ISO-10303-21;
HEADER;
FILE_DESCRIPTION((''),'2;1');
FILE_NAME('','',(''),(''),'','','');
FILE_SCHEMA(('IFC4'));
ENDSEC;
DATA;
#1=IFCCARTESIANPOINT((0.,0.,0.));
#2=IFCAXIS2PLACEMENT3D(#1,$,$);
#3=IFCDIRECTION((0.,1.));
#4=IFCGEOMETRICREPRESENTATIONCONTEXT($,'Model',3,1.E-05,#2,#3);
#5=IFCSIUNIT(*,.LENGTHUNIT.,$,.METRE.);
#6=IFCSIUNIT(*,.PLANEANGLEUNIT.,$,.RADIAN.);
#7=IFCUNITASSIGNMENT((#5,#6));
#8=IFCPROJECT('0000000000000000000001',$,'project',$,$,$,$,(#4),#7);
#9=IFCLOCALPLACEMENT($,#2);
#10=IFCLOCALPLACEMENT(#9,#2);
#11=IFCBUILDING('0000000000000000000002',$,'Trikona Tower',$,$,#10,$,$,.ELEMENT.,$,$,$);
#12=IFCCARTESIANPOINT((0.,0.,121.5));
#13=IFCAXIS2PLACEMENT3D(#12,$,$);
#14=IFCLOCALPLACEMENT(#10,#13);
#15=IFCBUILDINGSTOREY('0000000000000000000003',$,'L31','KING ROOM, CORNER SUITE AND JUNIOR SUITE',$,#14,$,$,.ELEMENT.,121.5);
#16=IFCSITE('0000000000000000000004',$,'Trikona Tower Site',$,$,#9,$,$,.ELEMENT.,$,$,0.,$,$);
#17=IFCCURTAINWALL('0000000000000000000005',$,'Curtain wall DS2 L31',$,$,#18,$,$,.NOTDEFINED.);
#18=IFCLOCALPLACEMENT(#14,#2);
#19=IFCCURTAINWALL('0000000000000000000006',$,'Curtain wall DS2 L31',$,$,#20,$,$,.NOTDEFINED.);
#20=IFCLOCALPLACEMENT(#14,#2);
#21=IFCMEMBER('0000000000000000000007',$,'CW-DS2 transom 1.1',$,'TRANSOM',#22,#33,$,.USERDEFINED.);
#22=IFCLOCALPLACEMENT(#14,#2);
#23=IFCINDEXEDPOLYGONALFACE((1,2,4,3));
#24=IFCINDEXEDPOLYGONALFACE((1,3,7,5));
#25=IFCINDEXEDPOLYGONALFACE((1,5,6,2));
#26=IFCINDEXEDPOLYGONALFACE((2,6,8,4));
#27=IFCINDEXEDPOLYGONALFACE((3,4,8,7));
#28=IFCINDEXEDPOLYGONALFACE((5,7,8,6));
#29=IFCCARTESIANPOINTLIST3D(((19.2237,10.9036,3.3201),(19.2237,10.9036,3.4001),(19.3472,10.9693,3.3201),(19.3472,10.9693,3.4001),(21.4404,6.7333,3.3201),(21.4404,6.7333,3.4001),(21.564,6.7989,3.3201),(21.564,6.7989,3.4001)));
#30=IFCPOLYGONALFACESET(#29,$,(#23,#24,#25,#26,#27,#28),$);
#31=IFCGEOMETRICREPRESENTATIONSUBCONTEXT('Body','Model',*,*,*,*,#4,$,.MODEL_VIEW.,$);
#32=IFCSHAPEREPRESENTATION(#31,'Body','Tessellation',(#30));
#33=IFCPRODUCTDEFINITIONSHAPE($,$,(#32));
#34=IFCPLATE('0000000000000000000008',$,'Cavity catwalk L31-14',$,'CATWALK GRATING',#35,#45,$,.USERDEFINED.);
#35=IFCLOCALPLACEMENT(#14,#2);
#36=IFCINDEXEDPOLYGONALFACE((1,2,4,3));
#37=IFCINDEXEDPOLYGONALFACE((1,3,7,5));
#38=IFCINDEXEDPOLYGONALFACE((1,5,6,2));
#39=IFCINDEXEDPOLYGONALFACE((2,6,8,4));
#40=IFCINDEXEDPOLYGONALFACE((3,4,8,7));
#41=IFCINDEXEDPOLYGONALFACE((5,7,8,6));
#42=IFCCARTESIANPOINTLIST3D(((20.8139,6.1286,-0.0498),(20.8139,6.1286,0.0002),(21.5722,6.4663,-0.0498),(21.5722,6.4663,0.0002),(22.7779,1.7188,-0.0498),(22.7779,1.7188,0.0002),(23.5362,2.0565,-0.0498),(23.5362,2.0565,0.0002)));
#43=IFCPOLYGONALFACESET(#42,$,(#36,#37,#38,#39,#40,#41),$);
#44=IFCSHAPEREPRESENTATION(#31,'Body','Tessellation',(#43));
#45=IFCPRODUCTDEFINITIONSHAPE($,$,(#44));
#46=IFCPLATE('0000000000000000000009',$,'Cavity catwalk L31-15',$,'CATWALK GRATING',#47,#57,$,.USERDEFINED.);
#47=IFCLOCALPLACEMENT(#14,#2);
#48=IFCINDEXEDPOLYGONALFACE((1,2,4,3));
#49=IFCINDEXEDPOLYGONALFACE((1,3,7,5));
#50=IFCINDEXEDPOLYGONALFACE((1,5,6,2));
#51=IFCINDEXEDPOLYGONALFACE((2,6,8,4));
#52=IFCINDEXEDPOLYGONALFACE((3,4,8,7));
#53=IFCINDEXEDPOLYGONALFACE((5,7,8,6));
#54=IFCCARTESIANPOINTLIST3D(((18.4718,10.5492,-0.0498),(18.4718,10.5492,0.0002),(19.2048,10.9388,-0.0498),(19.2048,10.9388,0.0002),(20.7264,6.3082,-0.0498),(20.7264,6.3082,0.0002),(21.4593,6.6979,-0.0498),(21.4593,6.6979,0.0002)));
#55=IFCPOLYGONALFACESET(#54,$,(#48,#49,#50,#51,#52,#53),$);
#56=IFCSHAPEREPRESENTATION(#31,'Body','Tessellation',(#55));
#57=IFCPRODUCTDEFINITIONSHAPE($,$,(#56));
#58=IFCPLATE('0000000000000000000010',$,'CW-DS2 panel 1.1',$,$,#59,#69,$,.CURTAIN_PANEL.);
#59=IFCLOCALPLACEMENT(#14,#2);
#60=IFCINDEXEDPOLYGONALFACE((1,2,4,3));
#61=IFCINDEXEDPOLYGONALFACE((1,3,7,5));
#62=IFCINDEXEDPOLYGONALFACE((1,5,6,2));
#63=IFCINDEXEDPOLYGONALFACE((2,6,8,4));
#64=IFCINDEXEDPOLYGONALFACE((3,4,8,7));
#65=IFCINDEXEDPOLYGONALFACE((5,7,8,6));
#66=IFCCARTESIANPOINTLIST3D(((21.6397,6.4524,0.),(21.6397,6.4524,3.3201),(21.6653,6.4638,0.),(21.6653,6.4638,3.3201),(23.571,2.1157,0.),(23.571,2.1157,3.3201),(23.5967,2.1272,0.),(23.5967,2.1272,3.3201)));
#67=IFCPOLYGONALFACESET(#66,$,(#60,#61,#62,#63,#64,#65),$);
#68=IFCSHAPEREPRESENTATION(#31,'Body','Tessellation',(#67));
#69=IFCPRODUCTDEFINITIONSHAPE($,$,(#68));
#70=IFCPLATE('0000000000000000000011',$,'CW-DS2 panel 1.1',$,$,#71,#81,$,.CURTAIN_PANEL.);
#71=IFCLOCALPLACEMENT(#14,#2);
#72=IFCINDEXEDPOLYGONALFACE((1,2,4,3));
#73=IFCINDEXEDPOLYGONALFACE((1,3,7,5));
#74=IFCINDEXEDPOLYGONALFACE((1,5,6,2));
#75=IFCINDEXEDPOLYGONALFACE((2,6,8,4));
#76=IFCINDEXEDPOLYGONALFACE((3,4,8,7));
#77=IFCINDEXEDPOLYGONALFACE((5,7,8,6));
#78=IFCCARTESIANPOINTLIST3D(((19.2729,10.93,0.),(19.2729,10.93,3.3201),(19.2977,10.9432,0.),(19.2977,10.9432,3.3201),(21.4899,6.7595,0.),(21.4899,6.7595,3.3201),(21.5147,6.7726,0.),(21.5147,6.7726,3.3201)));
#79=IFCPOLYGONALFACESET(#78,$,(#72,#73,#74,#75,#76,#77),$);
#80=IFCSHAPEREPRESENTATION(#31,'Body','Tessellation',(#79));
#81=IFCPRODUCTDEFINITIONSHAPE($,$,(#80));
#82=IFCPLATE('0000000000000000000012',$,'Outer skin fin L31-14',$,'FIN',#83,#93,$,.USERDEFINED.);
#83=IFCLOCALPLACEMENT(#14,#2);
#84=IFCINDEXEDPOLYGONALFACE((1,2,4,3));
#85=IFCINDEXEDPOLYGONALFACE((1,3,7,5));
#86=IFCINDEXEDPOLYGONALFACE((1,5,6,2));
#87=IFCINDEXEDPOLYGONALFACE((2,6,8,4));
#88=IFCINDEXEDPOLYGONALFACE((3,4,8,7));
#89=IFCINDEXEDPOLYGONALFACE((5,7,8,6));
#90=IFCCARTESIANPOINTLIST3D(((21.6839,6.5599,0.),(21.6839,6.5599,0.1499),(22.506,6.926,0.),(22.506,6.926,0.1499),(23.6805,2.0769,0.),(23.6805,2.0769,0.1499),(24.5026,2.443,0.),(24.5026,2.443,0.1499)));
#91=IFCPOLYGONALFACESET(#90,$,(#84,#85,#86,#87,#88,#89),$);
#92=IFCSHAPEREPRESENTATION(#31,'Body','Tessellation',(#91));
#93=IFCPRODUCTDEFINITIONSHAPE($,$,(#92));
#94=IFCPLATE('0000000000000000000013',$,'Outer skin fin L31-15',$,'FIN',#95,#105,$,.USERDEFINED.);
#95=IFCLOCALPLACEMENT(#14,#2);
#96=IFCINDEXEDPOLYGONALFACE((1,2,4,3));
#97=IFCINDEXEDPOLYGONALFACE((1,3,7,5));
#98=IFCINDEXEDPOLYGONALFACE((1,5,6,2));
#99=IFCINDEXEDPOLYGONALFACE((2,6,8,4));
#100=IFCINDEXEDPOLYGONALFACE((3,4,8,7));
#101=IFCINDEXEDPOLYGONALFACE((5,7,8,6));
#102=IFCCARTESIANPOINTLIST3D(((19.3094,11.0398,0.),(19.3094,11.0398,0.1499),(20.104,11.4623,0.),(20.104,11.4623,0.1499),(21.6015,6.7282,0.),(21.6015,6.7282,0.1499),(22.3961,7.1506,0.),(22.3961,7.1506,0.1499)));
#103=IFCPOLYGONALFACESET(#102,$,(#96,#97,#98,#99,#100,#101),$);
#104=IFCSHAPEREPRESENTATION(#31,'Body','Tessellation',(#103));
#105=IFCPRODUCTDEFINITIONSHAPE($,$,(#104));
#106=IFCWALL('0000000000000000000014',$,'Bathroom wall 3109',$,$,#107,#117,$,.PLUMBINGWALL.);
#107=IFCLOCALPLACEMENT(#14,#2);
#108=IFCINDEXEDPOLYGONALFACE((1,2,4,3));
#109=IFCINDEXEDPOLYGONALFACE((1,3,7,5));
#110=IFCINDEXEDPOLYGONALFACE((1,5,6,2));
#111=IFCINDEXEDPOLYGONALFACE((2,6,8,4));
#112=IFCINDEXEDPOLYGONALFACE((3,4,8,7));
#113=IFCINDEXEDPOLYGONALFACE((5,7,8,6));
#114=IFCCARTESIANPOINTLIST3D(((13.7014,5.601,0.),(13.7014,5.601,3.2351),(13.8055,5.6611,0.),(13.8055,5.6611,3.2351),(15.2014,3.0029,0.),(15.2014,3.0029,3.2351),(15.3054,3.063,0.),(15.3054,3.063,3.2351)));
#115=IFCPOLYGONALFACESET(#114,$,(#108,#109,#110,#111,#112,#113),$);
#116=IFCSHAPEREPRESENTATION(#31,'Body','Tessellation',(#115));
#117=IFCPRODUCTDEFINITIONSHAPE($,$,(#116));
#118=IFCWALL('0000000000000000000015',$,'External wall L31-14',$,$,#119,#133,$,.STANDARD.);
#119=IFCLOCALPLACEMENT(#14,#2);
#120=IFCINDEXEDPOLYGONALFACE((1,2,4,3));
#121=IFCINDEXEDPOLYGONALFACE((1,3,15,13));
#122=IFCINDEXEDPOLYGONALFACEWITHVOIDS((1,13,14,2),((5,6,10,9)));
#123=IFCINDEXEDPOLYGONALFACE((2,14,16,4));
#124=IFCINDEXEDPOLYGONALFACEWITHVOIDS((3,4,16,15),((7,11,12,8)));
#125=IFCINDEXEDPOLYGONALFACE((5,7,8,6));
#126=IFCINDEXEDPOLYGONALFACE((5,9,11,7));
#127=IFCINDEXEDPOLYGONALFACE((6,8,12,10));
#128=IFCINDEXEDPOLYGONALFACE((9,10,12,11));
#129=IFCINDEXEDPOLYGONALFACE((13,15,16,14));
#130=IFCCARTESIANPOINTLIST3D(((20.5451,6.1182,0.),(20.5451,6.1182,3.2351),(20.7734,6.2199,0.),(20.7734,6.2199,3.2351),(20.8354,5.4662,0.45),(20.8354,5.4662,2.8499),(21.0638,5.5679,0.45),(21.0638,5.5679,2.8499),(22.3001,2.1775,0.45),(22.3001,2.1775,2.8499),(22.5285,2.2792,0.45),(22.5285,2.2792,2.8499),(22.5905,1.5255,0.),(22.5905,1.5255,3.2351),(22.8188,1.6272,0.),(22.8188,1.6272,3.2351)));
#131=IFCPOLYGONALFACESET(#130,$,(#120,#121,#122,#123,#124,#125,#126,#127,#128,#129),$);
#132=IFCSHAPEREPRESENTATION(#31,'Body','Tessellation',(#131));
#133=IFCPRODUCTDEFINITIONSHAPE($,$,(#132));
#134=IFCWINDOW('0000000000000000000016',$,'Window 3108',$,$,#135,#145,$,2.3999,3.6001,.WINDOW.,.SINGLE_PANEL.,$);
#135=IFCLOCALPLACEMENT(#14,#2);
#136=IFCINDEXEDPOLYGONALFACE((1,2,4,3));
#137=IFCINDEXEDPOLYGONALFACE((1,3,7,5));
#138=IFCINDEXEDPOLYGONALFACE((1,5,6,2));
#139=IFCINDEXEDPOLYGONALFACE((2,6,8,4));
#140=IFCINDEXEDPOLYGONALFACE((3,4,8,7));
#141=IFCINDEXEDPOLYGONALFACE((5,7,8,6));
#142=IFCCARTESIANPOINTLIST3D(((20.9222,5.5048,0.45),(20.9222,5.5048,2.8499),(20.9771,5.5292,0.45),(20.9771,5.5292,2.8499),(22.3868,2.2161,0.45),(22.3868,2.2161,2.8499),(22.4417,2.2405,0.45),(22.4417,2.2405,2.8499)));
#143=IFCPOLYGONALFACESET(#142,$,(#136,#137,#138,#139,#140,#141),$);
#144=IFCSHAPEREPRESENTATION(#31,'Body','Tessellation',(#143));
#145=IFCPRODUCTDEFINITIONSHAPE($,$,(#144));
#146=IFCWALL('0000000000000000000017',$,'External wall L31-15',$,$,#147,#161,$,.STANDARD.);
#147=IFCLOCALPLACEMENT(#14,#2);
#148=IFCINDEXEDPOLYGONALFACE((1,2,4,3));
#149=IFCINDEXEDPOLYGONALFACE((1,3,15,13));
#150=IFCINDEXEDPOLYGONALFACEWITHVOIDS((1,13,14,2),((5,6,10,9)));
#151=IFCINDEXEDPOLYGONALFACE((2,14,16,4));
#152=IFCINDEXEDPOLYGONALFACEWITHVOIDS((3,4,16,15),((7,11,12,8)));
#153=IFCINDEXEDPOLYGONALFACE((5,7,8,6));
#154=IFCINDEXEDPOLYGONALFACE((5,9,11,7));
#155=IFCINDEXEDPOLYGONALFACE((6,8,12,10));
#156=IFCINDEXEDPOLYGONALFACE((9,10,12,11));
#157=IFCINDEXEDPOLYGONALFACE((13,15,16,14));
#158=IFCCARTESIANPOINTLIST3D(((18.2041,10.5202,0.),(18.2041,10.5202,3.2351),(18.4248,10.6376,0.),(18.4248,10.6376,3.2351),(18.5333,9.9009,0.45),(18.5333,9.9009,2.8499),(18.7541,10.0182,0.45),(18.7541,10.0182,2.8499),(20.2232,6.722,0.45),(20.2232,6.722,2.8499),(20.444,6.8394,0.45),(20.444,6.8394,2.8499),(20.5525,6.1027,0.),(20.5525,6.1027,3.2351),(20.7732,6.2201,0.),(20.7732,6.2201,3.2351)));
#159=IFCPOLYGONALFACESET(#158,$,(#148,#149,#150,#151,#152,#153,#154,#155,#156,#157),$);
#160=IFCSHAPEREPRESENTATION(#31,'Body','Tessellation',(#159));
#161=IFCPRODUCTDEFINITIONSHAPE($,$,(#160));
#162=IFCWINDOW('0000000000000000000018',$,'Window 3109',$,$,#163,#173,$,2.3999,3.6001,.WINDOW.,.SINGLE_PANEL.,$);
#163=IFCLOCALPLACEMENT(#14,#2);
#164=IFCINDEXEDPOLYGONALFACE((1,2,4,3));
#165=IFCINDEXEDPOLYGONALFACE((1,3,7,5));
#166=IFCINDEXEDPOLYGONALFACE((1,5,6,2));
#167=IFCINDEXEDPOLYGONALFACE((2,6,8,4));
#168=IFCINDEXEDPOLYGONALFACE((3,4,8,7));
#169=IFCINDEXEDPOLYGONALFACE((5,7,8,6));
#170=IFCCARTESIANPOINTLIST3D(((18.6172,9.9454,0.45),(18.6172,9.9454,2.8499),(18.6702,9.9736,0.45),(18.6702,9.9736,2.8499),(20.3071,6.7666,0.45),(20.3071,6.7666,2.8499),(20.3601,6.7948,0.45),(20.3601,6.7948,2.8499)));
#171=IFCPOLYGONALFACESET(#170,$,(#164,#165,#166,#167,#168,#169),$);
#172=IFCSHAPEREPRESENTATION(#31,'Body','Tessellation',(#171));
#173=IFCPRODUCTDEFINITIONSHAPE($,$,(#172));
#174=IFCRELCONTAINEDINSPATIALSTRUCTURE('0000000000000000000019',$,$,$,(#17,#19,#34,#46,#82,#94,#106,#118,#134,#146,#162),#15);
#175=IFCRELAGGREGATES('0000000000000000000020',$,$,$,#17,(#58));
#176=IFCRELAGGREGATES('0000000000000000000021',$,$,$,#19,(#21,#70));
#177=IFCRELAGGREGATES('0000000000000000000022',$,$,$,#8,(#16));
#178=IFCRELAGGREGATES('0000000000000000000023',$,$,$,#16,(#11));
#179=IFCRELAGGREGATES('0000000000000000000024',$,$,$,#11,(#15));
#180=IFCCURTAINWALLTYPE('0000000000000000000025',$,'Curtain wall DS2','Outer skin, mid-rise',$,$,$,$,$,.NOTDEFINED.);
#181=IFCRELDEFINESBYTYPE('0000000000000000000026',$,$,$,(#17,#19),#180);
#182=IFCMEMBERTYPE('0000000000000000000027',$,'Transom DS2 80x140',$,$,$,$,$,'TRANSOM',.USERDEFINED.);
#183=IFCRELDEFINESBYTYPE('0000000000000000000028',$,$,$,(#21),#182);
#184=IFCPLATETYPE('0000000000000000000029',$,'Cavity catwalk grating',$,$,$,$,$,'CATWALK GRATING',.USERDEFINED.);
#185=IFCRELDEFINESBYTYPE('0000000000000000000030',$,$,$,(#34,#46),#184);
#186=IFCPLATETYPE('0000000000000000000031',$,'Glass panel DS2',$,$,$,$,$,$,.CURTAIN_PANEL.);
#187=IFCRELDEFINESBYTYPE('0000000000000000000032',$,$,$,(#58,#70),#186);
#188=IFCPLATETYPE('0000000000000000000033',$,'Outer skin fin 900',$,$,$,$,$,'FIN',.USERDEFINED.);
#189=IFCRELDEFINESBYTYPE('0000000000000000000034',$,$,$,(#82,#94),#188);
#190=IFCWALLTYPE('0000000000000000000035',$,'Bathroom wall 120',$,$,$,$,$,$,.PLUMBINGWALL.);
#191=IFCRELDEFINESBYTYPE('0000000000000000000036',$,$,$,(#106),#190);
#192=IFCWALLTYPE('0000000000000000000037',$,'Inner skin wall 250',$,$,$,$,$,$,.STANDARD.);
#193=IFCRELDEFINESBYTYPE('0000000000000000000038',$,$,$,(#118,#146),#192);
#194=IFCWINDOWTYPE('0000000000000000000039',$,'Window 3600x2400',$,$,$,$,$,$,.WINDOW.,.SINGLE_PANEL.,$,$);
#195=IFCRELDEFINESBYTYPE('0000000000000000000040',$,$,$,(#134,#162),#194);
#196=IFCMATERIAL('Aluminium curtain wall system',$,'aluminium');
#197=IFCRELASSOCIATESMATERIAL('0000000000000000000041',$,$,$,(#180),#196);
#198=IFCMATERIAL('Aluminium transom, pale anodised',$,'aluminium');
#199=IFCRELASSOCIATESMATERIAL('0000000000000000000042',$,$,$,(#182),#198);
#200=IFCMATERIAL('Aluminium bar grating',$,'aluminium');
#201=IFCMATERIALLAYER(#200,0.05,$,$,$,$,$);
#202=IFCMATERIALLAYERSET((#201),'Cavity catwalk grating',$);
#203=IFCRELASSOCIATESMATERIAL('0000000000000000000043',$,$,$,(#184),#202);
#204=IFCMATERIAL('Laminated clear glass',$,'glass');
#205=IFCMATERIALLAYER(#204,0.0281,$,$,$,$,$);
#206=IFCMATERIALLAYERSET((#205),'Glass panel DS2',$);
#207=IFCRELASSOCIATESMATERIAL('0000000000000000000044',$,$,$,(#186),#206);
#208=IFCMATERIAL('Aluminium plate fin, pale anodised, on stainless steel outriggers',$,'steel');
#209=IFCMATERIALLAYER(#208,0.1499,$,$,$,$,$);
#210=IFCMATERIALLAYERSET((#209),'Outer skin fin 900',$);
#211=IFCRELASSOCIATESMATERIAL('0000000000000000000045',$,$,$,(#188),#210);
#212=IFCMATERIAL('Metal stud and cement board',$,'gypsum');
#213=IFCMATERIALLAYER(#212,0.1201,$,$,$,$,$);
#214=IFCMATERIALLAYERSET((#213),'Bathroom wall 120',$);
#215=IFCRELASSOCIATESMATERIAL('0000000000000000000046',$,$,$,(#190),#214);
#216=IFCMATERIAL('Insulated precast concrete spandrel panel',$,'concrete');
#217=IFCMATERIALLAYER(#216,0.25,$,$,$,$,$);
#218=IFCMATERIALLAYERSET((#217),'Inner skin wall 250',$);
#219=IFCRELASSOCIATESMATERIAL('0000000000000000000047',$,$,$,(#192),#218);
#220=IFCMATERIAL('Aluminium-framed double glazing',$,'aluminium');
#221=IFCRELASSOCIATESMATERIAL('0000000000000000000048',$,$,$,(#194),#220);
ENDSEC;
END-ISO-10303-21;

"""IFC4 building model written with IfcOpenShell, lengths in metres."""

from ifc_helpers import new_model, si_unit, direction, frame, frame_2d, origin, origin_2d, place, context, subcontext, project, spatial, rectangle, extrude, material, layer, layer_set, material_profile, profile_set, type_object, element, fill, aggregate, save


model = new_model("IFC4")

# Units and contexts
model_context = context("Model", 3, precision=1e-05, world=origin(), true_north=direction((0.0, 1.0)))
body_context = subcontext(model_context, "Body", "Model", "MODEL_VIEW")
ifc_project = project(units=[si_unit("LENGTHUNIT", "METRE"), si_unit("PLANEANGLEUNIT", "RADIAN")], contexts=[model_context])

# Site, building, storey
site_placement = place(None, origin())
site = spatial("IfcSite", under=ifc_project, at=site_placement, Name="Trikona Tower Site", CompositionType="ELEMENT", RefElevation=0.0)
building_placement = place(site_placement, origin())
building = spatial("IfcBuilding", under=site, at=building_placement, Name="Trikona Tower", CompositionType="ELEMENT")
storey_placement = place(building_placement, frame((0.0, 0.0, 121.5)))
storey = spatial("IfcBuildingStorey", under=building, at=storey_placement, Name="L31", Description="KING ROOM, CORNER SUITE AND JUNIOR SUITE", CompositionType="ELEMENT", Elevation=121.5)

# Shared definitions
ifc_material_1 = material(Name="Aluminium curtain wall system", Category="aluminium")
curtain_wall_type = type_object("IfcCurtainWallType", Name="Curtain wall DS2", Description="Outer skin, mid-rise", PredefinedType="NOTDEFINED", material=ifc_material_1)

# Curtain walls
curtain_wall_1_placement = place(storey_placement, origin())
curtain_wall_1 = element("IfcCurtainWall", 1, at=curtain_wall_1_placement, inside=storey, type_object=curtain_wall_type, Name="Curtain wall DS2 L31", PredefinedType="NOTDEFINED")
curtain_wall_2_placement = place(storey_placement, origin())
curtain_wall_2 = element("IfcCurtainWall", 2, at=curtain_wall_2_placement, inside=storey, type_object=curtain_wall_type, Name="Curtain wall DS2 L31", PredefinedType="NOTDEFINED")

# Member
ifc_material_2 = material(Name="Aluminium transom, pale anodised", Category="aluminium")
ifc_material_profile_1 = material_profile(ifc_material_2, rectangle(XDim=0.1399, YDim=0.0801, at=origin_2d()), Name="TRN-DS2")
ifc_profile_set_1 = profile_set([ifc_material_profile_1], Name="Aluminium transom, pale anodised")
member_type_1 = type_object("IfcMemberType", Name="Transom DS2 80x140", ElementType="TRANSOM", PredefinedType="USERDEFINED", material=ifc_profile_set_1)
member_1_placement = place(storey_placement, frame((21.5022, 6.7661, 3.3601), z_axis=(-0.469364, 0.883005, 0.0), x_axis=(-0.883005, -0.469364, 0.0)))
member_1 = element("IfcMember", 3, at=member_1_placement, type_object=member_type_1, Name="CW-DS2 transom 1.1", ObjectType="TRANSOM", PredefinedType="USERDEFINED", context=body_context, shape_type="SweptSolid", body=[
    extrude(rectangle(XDim=0.1399, YDim=0.0801, at=origin_2d()), origin(), (0.0, 0.0, 1.0), 4.7229),
])

# Plates
ifc_material_3 = material(Name="Aluminium bar grating", Category="aluminium")
ifc_layer_1 = layer(ifc_material_3, 0.05)
ifc_layer_set_1 = layer_set([ifc_layer_1], Name="Cavity catwalk grating")
plate_type_1 = type_object("IfcPlateType", Name="Cavity catwalk grating", ElementType="CATWALK GRATING", PredefinedType="USERDEFINED", material=ifc_layer_set_1)
plate_1_placement = place(storey_placement, frame((22.175, 4.0925, -0.0498), z_axis=(0.0, 0.0, 1.0), x_axis=(-0.406843, 0.913498, 0.0)))
element("IfcPlate", 4, at=plate_1_placement, inside=storey, type_object=plate_type_1, Name="Cavity catwalk L31-14", ObjectType="CATWALK GRATING", PredefinedType="USERDEFINED", context=body_context, shape_type="SweptSolid", body=[
    extrude(rectangle(XDim=4.8274, YDim=0.8301, at=origin_2d()), origin(), (0.0, 0.0, 1.0), 0.05),
])
plate_2_placement = place(storey_placement, frame((19.9656, 8.6235, -0.0498), z_axis=(0.0, 0.0, 1.0), x_axis=(-0.469398, 0.882987, 0.0)))
element("IfcPlate", 5, at=plate_2_placement, inside=storey, type_object=plate_type_1, Name="Cavity catwalk L31-15", ObjectType="CATWALK GRATING", PredefinedType="USERDEFINED", context=body_context, shape_type="SweptSolid", body=[
    extrude(rectangle(XDim=4.803, YDim=0.8301, at=origin_2d()), origin(), (0.0, 0.0, 1.0), 0.05),
])

# Plates
ifc_material_4 = material(Name="Laminated clear glass", Category="glass")
ifc_layer_2 = layer(ifc_material_4, 0.0281)
ifc_layer_set_2 = layer_set([ifc_layer_2], Name="Glass panel DS2")
plate_type_2 = type_object("IfcPlateType", Name="Glass panel DS2", PredefinedType="CURTAIN_PANEL", material=ifc_layer_set_2)
plate_3_placement = place(storey_placement, frame((22.6182, 4.2898, 0.0), z_axis=(0.0, 0.0, 1.0), x_axis=(-0.406836, 0.913501, 0.0)))
plate_3 = element("IfcPlate", 6, at=plate_3_placement, type_object=plate_type_2, Name="CW-DS2 panel 1.1", PredefinedType="CURTAIN_PANEL", context=body_context, shape_type="SweptSolid", body=[
    extrude(rectangle(XDim=4.7473, YDim=0.0281, at=origin_2d()), origin(), (0.0, 0.0, 1.0), 3.3201),
])
aggregate(curtain_wall_1, [plate_3])
plate_4_placement = place(storey_placement, frame((20.3938, 8.8513, 0.0), z_axis=(0.0, 0.0, 1.0), x_axis=(-0.46938, 0.882996, 0.0)))
plate_4 = element("IfcPlate", 7, at=plate_4_placement, type_object=plate_type_2, Name="CW-DS2 panel 1.1", PredefinedType="CURTAIN_PANEL", context=body_context, shape_type="SweptSolid", body=[
    extrude(rectangle(XDim=4.7231, YDim=0.0281, at=origin_2d()), origin(), (0.0, 0.0, 1.0), 3.3201),
])
aggregate(curtain_wall_2, [member_1, plate_4])

# Plates
ifc_material_5 = material(Name="Aluminium plate fin, pale anodised, on stainless steel outriggers", Category="steel")
ifc_layer_3 = layer(ifc_material_5, 0.1499)
ifc_layer_set_3 = layer_set([ifc_layer_3], Name="Outer skin fin 900")
plate_type_3 = type_object("IfcPlateType", Name="Outer skin fin 900", ElementType="FIN", PredefinedType="USERDEFINED", material=ifc_layer_set_3)
plate_5_placement = place(storey_placement, frame((23.0933, 4.5015, 0.0), z_axis=(0.0, 0.0, 1.0), x_axis=(-0.406843, 0.913498, 0.0)))
element("IfcPlate", 8, at=plate_5_placement, inside=storey, type_object=plate_type_3, Name="Outer skin fin L31-14", ObjectType="FIN", PredefinedType="USERDEFINED", context=body_context, shape_type="SweptSolid", body=[
    extrude(rectangle(XDim=4.9075, YDim=0.8999, at=origin_2d()), origin(), (0.0, 0.0, 1.0), 0.1499),
])
plate_6_placement = place(storey_placement, frame((20.8528, 9.0952, 0.0), z_axis=(0.0, 0.0, 1.0), x_axis=(-0.469398, 0.882987, 0.0)))
element("IfcPlate", 9, at=plate_6_placement, inside=storey, type_object=plate_type_3, Name="Outer skin fin L31-15", ObjectType="FIN", PredefinedType="USERDEFINED", context=body_context, shape_type="SweptSolid", body=[
    extrude(rectangle(XDim=4.8831, YDim=0.8999, at=origin_2d()), origin(), (0.0, 0.0, 1.0), 0.1499),
])

# Wall
ifc_material_6 = material(Name="Metal stud and cement board", Category="gypsum")
ifc_layer_4 = layer(ifc_material_6, 0.1201)
ifc_layer_set_4 = layer_set([ifc_layer_4], Name="Bathroom wall 120")
wall_type_1 = type_object("IfcWallType", Name="Bathroom wall 120", PredefinedType="PLUMBINGWALL", material=ifc_layer_set_4)
wall_1_placement = place(storey_placement, frame((15.2534, 3.033, 0.0), z_axis=(0.0, 0.0, 1.0), x_axis=(-0.49999, 0.866031, 0.0)))
element("IfcWall", 10, at=wall_1_placement, inside=storey, type_object=wall_type_1, Name="Bathroom wall 3109", PredefinedType="PLUMBINGWALL", context=body_context, shape_type="SweptSolid", body=[
    extrude(rectangle(XDim=3.0, YDim=0.1201, at=frame_2d((1.5, 0.0))), origin(), (0.0, 0.0, 1.0), 3.2351),
])

# Walls, openings, windows
ifc_material_7 = material(Name="Insulated precast concrete spandrel panel", Category="concrete")
ifc_layer_5 = layer(ifc_material_7, 0.25)
ifc_layer_set_5 = layer_set([ifc_layer_5], Name="Inner skin wall 250")
wall_type_2 = type_object("IfcWallType", Name="Inner skin wall 250", PredefinedType="STANDARD", material=ifc_layer_set_5)
wall_2_placement = place(storey_placement, frame((22.7046, 1.5764, 0.0), z_axis=(0.0, 0.0, 1.0), x_axis=(-0.406832, 0.913503, 0.0)))
wall_2 = element("IfcWall", 11, at=wall_2_placement, inside=storey, type_object=wall_type_2, Name="External wall L31-14", PredefinedType="STANDARD", context=body_context, shape_type="SweptSolid", body=[
    extrude(rectangle(XDim=5.0276, YDim=0.25, at=frame_2d((2.5137, 0.0))), origin(), (0.0, 0.0, 1.0), 3.2351),
])
opening_1_placement = place(wall_2_placement, frame((0.7136, 0.0, 0.45)))
opening_1 = element("IfcOpeningElement", 12, at=opening_1_placement, cuts=wall_2, PredefinedType="OPENING", context=body_context, shape_type="SweptSolid", body=[
    extrude(rectangle(XDim=3.6001, YDim=2.3999, at=frame_2d((1.8, 1.2))), frame((0.0, 0.135, 0.0), z_axis=(0.0, -1.0, 0.0), x_axis=(1.0, 0.0, 0.0)), (0.0, 0.0, 1.0), 0.27),
])
ifc_material_8 = material(Name="Aluminium-framed double glazing", Category="aluminium")
window_type = type_object("IfcWindowType", Name="Window 3600x2400", PartitioningType="SINGLE_PANEL", PredefinedType="WINDOW", material=ifc_material_8)
window_1_placement = place(opening_1_placement, origin())
window_1 = element("IfcWindow", 13, at=window_1_placement, inside=storey, type_object=window_type, Name="Window 3108", OverallHeight=2.3999, OverallWidth=3.6001, PartitioningType="SINGLE_PANEL", PredefinedType="WINDOW", context=body_context, shape_type="SweptSolid", body=[
    extrude(rectangle(XDim=3.6001, YDim=2.3999, at=frame_2d((1.8, 1.2))), frame((0.0, 0.03, 0.0), z_axis=(0.0, -1.0, 0.0), x_axis=(1.0, 0.0, 0.0)), (0.0, 0.0, 1.0), 0.0601),
])
fill(opening_1, window_1)
wall_3_placement = place(storey_placement, frame((20.6628, 6.1614, 0.0), z_axis=(0.0, 0.0, 1.0), x_axis=(-0.469405, 0.882983, 0.0)))
wall_3 = element("IfcWall", 14, at=wall_3_placement, inside=storey, type_object=wall_type_2, Name="External wall L31-15", PredefinedType="STANDARD", context=body_context, shape_type="SweptSolid", body=[
    extrude(rectangle(XDim=5.0029, YDim=0.25, at=frame_2d((2.5015, 0.0))), origin(), (0.0, 0.0, 1.0), 3.2351),
])
opening_2_placement = place(wall_3_placement, frame((0.7014, 0.0, 0.45)))
opening_2 = element("IfcOpeningElement", 15, at=opening_2_placement, cuts=wall_3, PredefinedType="OPENING", context=body_context, shape_type="SweptSolid", body=[
    extrude(rectangle(XDim=3.6001, YDim=2.3999, at=frame_2d((1.8, 1.2))), frame((0.0, 0.135, 0.0), z_axis=(0.0, -1.0, 0.0), x_axis=(1.0, 0.0, 0.0)), (0.0, 0.0, 1.0), 0.27),
])
window_2_placement = place(opening_2_placement, origin())
window_2 = element("IfcWindow", 16, at=window_2_placement, inside=storey, type_object=window_type, Name="Window 3109", OverallHeight=2.3999, OverallWidth=3.6001, PartitioningType="SINGLE_PANEL", PredefinedType="WINDOW", context=body_context, shape_type="SweptSolid", body=[
    extrude(rectangle(XDim=3.6001, YDim=2.3999, at=frame_2d((1.8, 1.2))), frame((0.0, 0.03, 0.0), z_axis=(0.0, -1.0, 0.0), x_axis=(1.0, 0.0, 0.0)), (0.0, 0.0, 1.0), 0.0601),
])
fill(opening_2, window_2)

save(model, "model.ifc")
